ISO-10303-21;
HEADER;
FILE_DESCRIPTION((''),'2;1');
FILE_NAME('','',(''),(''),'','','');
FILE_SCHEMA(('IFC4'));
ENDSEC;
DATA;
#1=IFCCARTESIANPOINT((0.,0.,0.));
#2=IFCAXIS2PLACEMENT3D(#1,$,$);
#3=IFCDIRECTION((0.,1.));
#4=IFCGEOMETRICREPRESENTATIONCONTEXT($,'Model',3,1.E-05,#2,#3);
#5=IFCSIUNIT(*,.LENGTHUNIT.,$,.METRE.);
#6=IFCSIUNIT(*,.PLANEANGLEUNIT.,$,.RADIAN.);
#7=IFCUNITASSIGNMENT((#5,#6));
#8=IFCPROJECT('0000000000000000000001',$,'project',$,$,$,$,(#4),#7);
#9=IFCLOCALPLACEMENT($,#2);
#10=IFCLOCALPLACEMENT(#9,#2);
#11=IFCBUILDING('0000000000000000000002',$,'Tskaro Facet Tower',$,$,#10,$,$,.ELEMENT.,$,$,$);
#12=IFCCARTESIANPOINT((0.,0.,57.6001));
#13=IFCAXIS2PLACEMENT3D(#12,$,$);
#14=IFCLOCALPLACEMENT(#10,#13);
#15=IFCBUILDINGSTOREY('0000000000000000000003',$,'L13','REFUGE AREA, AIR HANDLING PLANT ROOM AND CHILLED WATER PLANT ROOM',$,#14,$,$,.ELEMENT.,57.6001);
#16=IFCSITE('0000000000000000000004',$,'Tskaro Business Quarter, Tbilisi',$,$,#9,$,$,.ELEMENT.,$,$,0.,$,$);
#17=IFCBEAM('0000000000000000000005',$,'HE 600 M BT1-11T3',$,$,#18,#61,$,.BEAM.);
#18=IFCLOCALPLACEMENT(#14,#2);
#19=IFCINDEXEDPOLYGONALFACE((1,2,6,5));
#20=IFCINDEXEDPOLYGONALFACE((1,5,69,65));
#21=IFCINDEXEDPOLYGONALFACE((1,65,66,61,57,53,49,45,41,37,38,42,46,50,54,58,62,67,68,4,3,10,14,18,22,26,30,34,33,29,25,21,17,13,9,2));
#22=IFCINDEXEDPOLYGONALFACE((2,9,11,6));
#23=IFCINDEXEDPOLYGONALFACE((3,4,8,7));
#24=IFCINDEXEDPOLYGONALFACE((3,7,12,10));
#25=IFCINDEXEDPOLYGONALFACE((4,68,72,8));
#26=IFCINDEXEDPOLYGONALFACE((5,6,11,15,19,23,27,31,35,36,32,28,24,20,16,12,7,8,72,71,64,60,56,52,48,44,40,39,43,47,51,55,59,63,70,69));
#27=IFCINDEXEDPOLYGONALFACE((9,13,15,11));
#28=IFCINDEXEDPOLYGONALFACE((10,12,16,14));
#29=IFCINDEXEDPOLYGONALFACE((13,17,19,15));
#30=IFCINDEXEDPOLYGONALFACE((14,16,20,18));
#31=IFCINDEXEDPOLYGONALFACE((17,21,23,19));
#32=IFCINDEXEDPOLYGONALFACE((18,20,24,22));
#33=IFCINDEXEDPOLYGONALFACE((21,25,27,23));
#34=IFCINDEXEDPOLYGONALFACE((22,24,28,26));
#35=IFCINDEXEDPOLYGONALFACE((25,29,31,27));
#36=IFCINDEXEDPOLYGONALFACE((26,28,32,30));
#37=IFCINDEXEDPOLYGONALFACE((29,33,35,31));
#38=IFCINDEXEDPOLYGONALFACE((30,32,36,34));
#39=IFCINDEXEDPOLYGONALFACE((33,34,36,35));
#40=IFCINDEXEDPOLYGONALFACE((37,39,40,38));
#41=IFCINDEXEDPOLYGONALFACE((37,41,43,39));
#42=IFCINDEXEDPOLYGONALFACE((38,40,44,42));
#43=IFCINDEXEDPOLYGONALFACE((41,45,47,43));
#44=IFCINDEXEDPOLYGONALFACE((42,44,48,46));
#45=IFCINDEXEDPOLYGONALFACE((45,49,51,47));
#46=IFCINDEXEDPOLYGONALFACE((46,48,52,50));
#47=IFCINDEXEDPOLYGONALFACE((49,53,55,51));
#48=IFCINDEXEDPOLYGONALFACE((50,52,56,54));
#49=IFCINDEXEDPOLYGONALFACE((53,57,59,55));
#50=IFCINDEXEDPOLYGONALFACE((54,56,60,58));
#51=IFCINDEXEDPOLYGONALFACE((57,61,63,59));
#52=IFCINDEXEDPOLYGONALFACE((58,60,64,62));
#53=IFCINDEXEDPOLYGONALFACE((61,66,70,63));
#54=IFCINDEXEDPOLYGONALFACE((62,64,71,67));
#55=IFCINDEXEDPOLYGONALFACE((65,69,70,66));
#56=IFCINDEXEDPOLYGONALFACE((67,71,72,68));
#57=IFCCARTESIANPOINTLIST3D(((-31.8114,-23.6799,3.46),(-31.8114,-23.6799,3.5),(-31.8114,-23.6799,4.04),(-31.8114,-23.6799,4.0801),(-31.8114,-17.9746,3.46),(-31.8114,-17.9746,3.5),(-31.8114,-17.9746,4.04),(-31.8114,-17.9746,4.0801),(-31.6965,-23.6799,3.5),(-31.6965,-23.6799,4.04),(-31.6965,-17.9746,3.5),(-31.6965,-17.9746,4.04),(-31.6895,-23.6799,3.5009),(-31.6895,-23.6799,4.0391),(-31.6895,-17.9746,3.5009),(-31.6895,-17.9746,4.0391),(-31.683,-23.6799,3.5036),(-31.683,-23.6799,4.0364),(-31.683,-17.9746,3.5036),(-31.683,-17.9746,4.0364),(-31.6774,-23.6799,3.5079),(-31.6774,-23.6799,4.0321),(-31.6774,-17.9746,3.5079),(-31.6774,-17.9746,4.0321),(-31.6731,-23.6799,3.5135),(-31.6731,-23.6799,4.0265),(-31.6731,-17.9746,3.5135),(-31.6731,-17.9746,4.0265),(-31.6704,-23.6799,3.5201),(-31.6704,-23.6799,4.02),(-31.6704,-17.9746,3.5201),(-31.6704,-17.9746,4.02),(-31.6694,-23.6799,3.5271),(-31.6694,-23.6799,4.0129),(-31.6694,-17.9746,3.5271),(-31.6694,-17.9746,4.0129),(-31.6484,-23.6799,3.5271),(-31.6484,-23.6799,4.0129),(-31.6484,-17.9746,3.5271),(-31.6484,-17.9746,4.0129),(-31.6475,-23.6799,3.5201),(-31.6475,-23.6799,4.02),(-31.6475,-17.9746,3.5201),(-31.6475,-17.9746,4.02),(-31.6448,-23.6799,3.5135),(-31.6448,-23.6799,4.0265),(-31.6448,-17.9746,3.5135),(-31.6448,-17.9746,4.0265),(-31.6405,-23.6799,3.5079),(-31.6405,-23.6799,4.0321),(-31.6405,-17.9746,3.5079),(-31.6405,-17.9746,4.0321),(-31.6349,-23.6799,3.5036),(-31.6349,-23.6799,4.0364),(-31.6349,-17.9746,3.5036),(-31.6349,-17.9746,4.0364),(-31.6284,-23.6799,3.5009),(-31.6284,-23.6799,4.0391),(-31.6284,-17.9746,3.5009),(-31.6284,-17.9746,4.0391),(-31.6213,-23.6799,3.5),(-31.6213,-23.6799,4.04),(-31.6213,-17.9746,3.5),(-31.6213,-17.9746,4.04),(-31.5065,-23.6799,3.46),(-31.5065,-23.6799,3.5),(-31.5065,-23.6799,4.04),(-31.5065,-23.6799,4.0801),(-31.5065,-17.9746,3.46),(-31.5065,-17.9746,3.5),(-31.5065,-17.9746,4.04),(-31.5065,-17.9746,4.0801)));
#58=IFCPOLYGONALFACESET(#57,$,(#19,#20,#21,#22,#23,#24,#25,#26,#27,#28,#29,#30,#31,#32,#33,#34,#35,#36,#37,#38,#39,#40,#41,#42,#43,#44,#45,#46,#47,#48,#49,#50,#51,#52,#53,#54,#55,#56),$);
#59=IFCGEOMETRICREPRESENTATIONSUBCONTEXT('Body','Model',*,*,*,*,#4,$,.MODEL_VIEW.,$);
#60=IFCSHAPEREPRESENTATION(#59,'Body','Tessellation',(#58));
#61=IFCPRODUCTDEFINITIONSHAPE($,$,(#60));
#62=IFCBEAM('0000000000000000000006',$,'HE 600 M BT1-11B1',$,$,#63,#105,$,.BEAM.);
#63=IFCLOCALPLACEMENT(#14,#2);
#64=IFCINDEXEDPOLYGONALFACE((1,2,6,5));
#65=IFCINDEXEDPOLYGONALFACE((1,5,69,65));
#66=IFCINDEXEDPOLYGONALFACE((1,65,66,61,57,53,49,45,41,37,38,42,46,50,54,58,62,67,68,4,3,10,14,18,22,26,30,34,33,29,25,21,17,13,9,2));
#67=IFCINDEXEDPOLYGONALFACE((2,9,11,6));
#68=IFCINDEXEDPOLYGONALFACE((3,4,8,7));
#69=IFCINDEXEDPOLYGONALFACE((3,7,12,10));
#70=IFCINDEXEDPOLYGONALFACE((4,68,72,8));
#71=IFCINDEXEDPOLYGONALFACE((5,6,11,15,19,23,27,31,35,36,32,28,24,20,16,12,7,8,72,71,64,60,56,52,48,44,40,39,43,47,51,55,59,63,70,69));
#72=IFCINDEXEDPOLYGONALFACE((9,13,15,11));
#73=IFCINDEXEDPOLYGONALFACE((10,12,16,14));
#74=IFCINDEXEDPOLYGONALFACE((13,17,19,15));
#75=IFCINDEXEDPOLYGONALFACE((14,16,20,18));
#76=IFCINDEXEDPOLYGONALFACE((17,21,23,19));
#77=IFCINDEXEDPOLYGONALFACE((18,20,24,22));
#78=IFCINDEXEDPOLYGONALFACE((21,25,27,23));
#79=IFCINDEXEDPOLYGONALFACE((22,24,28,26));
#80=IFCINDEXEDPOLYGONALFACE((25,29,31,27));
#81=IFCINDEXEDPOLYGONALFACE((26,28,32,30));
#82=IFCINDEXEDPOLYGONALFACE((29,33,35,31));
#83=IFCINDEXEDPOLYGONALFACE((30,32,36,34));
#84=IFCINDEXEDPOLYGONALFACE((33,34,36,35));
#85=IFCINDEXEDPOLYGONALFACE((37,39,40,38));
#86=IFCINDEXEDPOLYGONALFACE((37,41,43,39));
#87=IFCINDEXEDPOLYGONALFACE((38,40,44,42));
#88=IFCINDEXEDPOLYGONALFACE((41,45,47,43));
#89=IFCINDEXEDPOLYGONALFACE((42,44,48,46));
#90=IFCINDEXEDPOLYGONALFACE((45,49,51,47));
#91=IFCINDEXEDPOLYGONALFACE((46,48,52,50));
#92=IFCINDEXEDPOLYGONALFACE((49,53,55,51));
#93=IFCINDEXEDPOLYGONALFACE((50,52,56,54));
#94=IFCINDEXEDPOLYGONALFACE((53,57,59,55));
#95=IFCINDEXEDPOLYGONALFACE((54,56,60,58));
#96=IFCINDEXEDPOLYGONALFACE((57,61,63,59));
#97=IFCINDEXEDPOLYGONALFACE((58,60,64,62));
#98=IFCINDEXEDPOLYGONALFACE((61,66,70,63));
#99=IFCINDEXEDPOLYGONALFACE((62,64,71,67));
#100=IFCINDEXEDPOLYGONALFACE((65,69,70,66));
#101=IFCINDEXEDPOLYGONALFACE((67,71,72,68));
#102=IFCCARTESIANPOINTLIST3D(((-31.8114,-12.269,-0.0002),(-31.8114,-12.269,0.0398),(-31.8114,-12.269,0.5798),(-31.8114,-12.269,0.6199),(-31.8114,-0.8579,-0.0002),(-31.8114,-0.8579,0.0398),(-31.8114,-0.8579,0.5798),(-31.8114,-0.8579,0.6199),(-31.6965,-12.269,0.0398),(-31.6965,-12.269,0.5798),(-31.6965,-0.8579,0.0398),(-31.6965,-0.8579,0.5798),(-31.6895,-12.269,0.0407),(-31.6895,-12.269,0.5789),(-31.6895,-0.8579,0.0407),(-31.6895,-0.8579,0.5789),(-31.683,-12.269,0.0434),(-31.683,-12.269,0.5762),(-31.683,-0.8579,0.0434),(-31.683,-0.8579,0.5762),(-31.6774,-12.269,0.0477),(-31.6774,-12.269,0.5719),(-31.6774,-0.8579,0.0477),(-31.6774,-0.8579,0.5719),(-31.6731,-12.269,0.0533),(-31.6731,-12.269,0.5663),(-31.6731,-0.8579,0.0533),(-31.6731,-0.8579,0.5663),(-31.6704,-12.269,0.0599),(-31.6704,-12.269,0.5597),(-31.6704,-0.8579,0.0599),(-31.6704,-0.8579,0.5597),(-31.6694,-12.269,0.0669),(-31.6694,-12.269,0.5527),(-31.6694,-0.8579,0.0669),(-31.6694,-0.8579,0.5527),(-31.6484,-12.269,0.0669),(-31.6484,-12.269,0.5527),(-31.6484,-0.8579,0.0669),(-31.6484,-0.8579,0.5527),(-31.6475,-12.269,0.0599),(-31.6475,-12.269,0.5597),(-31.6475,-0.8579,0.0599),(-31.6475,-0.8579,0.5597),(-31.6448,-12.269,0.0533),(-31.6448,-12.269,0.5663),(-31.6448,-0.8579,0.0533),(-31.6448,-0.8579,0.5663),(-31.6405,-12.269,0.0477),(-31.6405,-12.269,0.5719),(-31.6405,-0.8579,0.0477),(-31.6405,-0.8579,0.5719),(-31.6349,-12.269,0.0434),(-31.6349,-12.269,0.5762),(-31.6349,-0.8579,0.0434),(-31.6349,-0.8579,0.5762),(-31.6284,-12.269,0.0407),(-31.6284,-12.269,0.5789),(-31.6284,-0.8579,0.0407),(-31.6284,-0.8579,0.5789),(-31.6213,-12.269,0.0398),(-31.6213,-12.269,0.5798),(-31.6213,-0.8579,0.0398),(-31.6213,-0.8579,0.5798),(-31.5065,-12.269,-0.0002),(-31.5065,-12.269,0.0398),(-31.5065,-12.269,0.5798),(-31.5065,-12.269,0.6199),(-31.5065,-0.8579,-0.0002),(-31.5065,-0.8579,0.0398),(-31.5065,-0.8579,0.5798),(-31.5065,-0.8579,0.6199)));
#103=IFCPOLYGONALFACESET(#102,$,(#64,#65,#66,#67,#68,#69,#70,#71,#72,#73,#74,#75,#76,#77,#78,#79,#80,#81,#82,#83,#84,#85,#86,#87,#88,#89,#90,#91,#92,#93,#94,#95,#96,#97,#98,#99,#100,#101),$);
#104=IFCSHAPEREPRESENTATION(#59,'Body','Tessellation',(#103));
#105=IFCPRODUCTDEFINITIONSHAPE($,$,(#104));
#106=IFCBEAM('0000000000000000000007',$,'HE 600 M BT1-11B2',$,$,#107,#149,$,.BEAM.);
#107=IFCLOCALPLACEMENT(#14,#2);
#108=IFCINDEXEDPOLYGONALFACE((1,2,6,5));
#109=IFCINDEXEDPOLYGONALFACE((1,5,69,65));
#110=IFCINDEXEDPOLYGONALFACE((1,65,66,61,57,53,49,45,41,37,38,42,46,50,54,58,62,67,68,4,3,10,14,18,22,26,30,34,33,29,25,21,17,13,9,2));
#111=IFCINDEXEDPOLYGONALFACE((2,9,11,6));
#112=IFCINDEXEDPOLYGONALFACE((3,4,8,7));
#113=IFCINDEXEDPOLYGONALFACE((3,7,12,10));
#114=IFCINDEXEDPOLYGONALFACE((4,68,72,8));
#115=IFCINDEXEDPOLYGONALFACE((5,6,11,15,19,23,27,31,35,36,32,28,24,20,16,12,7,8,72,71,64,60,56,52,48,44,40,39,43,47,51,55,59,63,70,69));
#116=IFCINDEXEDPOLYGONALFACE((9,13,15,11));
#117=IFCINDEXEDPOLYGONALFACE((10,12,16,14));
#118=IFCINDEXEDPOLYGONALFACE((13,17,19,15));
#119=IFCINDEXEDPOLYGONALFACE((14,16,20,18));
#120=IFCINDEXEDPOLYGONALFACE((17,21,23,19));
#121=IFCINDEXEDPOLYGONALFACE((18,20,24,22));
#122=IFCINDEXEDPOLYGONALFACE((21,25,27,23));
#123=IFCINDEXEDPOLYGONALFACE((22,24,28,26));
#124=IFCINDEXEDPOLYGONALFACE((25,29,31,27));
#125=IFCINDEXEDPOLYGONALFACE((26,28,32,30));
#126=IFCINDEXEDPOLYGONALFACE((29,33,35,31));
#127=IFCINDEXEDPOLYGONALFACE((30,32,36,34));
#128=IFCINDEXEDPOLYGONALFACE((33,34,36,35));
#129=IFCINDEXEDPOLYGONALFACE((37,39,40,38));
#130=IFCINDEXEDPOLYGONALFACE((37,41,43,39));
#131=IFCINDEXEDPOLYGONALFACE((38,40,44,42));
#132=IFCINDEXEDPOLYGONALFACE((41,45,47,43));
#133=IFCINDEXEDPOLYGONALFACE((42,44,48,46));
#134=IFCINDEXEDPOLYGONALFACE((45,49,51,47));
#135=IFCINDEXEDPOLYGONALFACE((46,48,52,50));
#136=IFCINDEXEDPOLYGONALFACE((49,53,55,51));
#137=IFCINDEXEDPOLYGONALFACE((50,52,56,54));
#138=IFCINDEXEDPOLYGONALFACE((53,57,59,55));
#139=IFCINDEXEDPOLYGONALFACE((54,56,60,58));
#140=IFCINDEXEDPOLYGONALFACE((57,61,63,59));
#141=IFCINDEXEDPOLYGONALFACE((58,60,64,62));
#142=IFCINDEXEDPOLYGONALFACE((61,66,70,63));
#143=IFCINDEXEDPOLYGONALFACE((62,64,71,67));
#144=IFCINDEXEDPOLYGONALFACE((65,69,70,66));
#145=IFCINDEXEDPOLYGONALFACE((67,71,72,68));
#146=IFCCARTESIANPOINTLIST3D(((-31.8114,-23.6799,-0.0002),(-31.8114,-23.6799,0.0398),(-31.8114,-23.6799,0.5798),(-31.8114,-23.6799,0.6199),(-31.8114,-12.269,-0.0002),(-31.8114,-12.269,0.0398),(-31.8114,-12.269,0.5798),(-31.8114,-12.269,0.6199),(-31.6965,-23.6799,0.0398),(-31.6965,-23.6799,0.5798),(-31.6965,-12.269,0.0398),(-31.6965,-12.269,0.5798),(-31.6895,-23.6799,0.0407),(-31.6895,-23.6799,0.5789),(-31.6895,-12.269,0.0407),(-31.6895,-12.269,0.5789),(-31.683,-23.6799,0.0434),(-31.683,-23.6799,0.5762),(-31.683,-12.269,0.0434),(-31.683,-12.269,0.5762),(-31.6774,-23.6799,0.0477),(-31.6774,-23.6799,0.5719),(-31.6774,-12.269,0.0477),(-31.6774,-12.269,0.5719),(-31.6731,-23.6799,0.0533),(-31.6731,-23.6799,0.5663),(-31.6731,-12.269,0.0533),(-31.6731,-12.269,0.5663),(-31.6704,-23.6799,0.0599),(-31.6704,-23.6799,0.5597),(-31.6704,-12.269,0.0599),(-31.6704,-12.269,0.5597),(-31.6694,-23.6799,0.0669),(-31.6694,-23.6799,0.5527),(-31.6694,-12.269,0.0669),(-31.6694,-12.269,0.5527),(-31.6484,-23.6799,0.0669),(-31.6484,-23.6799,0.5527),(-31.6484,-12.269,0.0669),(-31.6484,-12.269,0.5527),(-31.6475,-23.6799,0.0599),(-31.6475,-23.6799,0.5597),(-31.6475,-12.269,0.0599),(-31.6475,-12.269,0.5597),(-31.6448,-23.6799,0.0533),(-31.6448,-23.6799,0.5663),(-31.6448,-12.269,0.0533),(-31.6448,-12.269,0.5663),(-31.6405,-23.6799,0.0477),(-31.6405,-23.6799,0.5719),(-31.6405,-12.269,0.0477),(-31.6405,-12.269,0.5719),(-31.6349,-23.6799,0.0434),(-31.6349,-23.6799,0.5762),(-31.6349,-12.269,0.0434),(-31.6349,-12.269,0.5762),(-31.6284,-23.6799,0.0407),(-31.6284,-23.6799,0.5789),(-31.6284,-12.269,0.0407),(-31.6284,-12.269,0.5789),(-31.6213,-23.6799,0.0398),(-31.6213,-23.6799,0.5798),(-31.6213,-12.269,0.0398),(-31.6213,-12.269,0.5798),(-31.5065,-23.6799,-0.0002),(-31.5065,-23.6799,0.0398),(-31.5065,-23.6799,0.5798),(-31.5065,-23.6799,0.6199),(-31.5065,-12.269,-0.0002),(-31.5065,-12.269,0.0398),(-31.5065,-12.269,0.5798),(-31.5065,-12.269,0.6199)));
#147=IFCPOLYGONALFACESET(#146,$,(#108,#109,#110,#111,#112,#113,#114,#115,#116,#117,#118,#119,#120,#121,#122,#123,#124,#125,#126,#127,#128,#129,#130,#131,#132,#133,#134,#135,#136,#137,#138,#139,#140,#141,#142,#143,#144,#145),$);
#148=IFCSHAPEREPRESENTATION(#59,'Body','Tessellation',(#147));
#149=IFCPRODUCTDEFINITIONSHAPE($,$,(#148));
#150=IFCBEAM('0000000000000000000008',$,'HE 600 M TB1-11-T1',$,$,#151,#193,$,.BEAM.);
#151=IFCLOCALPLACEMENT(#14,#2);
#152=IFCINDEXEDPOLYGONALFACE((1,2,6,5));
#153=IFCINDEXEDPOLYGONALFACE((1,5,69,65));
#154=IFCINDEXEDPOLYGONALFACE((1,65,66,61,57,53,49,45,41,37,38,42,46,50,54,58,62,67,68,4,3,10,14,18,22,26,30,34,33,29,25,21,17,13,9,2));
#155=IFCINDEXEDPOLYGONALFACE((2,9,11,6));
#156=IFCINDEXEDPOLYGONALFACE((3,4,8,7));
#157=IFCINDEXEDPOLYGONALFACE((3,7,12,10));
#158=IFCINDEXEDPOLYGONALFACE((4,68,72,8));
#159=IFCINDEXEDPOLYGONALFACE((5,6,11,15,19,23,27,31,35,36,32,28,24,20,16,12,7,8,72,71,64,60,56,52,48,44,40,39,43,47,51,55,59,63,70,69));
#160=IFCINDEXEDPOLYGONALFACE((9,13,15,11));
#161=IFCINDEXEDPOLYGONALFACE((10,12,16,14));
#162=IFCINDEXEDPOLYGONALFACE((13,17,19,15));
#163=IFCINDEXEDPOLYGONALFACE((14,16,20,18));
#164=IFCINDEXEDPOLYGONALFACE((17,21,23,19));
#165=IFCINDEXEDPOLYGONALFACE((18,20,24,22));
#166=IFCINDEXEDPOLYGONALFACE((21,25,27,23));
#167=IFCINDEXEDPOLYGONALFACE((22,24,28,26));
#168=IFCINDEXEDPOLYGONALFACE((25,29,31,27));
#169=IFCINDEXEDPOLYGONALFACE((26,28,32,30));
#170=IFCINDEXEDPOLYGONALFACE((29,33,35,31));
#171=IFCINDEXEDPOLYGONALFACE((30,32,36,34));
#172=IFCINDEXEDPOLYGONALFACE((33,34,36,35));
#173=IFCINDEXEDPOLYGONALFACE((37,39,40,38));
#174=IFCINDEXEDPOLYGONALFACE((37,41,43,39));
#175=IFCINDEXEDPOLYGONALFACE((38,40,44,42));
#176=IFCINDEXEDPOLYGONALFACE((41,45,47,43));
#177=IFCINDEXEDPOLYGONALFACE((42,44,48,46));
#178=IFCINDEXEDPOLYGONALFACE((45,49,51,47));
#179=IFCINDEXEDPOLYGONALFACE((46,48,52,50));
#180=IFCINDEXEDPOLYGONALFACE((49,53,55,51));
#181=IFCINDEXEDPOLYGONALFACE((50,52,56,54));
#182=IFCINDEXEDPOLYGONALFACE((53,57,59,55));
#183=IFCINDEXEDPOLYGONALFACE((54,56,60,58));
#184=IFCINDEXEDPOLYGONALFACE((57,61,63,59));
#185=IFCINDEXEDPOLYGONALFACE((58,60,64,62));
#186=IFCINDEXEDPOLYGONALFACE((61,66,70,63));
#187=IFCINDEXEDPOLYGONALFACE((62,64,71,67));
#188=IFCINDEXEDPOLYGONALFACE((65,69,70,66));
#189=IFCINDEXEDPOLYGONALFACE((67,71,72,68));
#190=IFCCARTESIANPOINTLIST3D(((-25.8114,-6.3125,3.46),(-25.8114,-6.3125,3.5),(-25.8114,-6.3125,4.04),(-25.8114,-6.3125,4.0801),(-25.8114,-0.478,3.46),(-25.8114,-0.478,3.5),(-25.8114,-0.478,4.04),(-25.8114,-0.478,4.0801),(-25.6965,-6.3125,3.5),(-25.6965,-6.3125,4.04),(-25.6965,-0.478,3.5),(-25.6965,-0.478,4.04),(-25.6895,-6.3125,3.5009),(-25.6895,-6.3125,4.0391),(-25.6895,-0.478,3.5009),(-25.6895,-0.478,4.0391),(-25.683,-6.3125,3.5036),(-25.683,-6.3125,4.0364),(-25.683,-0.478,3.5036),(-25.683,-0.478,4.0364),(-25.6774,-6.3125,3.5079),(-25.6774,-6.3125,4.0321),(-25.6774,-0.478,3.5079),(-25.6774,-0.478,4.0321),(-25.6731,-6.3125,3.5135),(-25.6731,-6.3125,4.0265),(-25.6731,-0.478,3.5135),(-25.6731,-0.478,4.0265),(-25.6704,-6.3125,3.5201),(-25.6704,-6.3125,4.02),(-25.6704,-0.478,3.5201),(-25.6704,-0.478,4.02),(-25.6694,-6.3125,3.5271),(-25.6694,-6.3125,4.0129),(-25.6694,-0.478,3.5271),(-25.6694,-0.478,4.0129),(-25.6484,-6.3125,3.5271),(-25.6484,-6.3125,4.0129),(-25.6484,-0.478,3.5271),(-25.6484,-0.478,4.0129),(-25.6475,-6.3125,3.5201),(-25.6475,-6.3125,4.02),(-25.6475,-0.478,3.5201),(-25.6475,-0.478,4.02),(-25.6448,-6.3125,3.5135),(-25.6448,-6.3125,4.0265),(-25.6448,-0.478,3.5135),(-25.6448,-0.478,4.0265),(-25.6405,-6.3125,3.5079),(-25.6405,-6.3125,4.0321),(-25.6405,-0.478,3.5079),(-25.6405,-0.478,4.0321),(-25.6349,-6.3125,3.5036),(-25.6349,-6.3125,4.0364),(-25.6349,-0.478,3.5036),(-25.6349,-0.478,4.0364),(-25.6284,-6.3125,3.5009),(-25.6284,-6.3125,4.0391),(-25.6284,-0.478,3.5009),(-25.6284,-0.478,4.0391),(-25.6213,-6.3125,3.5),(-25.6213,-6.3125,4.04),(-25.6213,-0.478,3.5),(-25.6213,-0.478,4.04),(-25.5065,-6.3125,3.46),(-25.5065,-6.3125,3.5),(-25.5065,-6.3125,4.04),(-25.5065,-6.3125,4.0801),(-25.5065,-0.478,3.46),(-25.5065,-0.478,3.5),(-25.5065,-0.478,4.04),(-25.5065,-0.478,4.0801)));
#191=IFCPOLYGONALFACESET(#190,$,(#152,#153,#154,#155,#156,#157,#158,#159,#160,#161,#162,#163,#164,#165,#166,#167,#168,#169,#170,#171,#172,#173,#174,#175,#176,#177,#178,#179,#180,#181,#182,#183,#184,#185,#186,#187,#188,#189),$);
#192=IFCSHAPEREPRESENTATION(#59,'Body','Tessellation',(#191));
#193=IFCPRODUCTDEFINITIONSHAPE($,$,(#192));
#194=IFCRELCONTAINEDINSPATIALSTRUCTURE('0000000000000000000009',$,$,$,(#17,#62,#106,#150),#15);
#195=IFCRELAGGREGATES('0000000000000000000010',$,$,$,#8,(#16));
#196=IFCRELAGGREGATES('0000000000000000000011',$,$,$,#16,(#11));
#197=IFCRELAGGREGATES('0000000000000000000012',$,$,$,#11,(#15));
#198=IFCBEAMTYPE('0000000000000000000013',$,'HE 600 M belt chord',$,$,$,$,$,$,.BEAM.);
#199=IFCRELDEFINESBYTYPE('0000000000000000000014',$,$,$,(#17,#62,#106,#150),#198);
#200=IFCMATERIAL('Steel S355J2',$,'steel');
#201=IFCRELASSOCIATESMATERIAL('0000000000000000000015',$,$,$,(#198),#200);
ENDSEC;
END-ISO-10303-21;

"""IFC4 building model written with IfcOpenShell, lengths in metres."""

from ifc_helpers import new_model, si_unit, direction, frame, origin, origin_2d, place, context, subcontext, project, spatial, i_section, extrude, material, material_profile, profile_set, type_object, element, save


model = new_model("IFC4")

# Units and contexts
model_context = context("Model", 3, precision=1e-05, world=origin(), true_north=direction((0.0, 1.0)))
body_context = subcontext(model_context, "Body", "Model", "MODEL_VIEW")
ifc_project = project(units=[si_unit("LENGTHUNIT", "METRE"), si_unit("PLANEANGLEUNIT", "RADIAN")], contexts=[model_context])

# Site, building, storey
site_placement = place(None, origin())
site = spatial("IfcSite", under=ifc_project, at=site_placement, Name="Tskaro Business Quarter, Tbilisi", CompositionType="ELEMENT", RefElevation=0.0)
building_placement = place(site_placement, origin())
building = spatial("IfcBuilding", under=site, at=building_placement, Name="Tskaro Facet Tower", CompositionType="ELEMENT")
storey_placement = place(building_placement, frame((0.0, 0.0, 57.6001)))
storey = spatial("IfcBuildingStorey", under=building, at=storey_placement, Name="L13", Description="REFUGE AREA, AIR HANDLING PLANT ROOM AND CHILLED WATER PLANT ROOM", CompositionType="ELEMENT", Elevation=57.6001)

# Beams
ifc_material_1 = material(Name="Steel S355J2", Category="steel")
ifc_material_profile_1 = material_profile(ifc_material_1, i_section(OverallWidth=0.3049, OverallDepth=0.6201, WebThickness=0.021, FlangeThickness=0.04, FilletRadius=0.0271, at=origin_2d()), Name="HE 600 M")
ifc_profile_set_1 = profile_set([ifc_material_profile_1], Name="Steel S355J2")
beam_type_1 = type_object("IfcBeamType", Name="HE 600 M belt chord", PredefinedType="BEAM", material=ifc_profile_set_1)
beam_1_placement = place(storey_placement, frame((-31.6589, -17.9746, 3.77), z_axis=(0.0, -1.0, 0.0), x_axis=(1.0, 0.0, 0.0)))
element("IfcBeam", 1, at=beam_1_placement, inside=storey, type_object=beam_type_1, Name="HE 600 M BT1-11T3", PredefinedType="BEAM", context=body_context, shape_type="SweptSolid", body=[
    extrude(i_section(OverallWidth=0.3049, OverallDepth=0.6201, WebThickness=0.021, FlangeThickness=0.04, FilletRadius=0.0271, at=origin_2d()), origin(), (0.0, 0.0, 1.0), 5.7053),
])
beam_2_placement = place(storey_placement, frame((-31.6589, -0.8579, 0.3098), z_axis=(0.0, -1.0, 0.0), x_axis=(1.0, 0.0, 0.0)))
element("IfcBeam", 2, at=beam_2_placement, inside=storey, type_object=beam_type_1, Name="HE 600 M BT1-11B1", PredefinedType="BEAM", context=body_context, shape_type="SweptSolid", body=[
    extrude(i_section(OverallWidth=0.3049, OverallDepth=0.6201, WebThickness=0.021, FlangeThickness=0.04, FilletRadius=0.0271, at=origin_2d()), origin(), (0.0, 0.0, 1.0), 11.4111),
])
beam_3_placement = place(storey_placement, frame((-31.6589, -12.269, 0.3098), z_axis=(0.0, -1.0, 0.0), x_axis=(1.0, 0.0, 0.0)))
element("IfcBeam", 3, at=beam_3_placement, inside=storey, type_object=beam_type_1, Name="HE 600 M BT1-11B2", PredefinedType="BEAM", context=body_context, shape_type="SweptSolid", body=[
    extrude(i_section(OverallWidth=0.3049, OverallDepth=0.6201, WebThickness=0.021, FlangeThickness=0.04, FilletRadius=0.0271, at=origin_2d()), origin(), (0.0, 0.0, 1.0), 11.4109),
])
for number, where, z_axis, x_axis, name in (
    (4, (-25.6589, -0.478, 3.77), (0.0, -1.0, 0.0), (1.0, 0.0, 0.0), "HE 600 M TB1-11-T1"),
):
    element("IfcBeam", number, at=place(storey_placement, frame(where, z_axis=z_axis, x_axis=x_axis)), inside=storey, type_object=beam_type_1, Name=name, PredefinedType="BEAM", context=body_context, shape_type="SweptSolid", body=[
        extrude(i_section(OverallWidth=0.3049, OverallDepth=0.6201, WebThickness=0.021, FlangeThickness=0.04, FilletRadius=0.0271, at=origin_2d()), origin(), (0.0, 0.0, 1.0), 5.8345),
    ])

save(model, "model.ifc")
